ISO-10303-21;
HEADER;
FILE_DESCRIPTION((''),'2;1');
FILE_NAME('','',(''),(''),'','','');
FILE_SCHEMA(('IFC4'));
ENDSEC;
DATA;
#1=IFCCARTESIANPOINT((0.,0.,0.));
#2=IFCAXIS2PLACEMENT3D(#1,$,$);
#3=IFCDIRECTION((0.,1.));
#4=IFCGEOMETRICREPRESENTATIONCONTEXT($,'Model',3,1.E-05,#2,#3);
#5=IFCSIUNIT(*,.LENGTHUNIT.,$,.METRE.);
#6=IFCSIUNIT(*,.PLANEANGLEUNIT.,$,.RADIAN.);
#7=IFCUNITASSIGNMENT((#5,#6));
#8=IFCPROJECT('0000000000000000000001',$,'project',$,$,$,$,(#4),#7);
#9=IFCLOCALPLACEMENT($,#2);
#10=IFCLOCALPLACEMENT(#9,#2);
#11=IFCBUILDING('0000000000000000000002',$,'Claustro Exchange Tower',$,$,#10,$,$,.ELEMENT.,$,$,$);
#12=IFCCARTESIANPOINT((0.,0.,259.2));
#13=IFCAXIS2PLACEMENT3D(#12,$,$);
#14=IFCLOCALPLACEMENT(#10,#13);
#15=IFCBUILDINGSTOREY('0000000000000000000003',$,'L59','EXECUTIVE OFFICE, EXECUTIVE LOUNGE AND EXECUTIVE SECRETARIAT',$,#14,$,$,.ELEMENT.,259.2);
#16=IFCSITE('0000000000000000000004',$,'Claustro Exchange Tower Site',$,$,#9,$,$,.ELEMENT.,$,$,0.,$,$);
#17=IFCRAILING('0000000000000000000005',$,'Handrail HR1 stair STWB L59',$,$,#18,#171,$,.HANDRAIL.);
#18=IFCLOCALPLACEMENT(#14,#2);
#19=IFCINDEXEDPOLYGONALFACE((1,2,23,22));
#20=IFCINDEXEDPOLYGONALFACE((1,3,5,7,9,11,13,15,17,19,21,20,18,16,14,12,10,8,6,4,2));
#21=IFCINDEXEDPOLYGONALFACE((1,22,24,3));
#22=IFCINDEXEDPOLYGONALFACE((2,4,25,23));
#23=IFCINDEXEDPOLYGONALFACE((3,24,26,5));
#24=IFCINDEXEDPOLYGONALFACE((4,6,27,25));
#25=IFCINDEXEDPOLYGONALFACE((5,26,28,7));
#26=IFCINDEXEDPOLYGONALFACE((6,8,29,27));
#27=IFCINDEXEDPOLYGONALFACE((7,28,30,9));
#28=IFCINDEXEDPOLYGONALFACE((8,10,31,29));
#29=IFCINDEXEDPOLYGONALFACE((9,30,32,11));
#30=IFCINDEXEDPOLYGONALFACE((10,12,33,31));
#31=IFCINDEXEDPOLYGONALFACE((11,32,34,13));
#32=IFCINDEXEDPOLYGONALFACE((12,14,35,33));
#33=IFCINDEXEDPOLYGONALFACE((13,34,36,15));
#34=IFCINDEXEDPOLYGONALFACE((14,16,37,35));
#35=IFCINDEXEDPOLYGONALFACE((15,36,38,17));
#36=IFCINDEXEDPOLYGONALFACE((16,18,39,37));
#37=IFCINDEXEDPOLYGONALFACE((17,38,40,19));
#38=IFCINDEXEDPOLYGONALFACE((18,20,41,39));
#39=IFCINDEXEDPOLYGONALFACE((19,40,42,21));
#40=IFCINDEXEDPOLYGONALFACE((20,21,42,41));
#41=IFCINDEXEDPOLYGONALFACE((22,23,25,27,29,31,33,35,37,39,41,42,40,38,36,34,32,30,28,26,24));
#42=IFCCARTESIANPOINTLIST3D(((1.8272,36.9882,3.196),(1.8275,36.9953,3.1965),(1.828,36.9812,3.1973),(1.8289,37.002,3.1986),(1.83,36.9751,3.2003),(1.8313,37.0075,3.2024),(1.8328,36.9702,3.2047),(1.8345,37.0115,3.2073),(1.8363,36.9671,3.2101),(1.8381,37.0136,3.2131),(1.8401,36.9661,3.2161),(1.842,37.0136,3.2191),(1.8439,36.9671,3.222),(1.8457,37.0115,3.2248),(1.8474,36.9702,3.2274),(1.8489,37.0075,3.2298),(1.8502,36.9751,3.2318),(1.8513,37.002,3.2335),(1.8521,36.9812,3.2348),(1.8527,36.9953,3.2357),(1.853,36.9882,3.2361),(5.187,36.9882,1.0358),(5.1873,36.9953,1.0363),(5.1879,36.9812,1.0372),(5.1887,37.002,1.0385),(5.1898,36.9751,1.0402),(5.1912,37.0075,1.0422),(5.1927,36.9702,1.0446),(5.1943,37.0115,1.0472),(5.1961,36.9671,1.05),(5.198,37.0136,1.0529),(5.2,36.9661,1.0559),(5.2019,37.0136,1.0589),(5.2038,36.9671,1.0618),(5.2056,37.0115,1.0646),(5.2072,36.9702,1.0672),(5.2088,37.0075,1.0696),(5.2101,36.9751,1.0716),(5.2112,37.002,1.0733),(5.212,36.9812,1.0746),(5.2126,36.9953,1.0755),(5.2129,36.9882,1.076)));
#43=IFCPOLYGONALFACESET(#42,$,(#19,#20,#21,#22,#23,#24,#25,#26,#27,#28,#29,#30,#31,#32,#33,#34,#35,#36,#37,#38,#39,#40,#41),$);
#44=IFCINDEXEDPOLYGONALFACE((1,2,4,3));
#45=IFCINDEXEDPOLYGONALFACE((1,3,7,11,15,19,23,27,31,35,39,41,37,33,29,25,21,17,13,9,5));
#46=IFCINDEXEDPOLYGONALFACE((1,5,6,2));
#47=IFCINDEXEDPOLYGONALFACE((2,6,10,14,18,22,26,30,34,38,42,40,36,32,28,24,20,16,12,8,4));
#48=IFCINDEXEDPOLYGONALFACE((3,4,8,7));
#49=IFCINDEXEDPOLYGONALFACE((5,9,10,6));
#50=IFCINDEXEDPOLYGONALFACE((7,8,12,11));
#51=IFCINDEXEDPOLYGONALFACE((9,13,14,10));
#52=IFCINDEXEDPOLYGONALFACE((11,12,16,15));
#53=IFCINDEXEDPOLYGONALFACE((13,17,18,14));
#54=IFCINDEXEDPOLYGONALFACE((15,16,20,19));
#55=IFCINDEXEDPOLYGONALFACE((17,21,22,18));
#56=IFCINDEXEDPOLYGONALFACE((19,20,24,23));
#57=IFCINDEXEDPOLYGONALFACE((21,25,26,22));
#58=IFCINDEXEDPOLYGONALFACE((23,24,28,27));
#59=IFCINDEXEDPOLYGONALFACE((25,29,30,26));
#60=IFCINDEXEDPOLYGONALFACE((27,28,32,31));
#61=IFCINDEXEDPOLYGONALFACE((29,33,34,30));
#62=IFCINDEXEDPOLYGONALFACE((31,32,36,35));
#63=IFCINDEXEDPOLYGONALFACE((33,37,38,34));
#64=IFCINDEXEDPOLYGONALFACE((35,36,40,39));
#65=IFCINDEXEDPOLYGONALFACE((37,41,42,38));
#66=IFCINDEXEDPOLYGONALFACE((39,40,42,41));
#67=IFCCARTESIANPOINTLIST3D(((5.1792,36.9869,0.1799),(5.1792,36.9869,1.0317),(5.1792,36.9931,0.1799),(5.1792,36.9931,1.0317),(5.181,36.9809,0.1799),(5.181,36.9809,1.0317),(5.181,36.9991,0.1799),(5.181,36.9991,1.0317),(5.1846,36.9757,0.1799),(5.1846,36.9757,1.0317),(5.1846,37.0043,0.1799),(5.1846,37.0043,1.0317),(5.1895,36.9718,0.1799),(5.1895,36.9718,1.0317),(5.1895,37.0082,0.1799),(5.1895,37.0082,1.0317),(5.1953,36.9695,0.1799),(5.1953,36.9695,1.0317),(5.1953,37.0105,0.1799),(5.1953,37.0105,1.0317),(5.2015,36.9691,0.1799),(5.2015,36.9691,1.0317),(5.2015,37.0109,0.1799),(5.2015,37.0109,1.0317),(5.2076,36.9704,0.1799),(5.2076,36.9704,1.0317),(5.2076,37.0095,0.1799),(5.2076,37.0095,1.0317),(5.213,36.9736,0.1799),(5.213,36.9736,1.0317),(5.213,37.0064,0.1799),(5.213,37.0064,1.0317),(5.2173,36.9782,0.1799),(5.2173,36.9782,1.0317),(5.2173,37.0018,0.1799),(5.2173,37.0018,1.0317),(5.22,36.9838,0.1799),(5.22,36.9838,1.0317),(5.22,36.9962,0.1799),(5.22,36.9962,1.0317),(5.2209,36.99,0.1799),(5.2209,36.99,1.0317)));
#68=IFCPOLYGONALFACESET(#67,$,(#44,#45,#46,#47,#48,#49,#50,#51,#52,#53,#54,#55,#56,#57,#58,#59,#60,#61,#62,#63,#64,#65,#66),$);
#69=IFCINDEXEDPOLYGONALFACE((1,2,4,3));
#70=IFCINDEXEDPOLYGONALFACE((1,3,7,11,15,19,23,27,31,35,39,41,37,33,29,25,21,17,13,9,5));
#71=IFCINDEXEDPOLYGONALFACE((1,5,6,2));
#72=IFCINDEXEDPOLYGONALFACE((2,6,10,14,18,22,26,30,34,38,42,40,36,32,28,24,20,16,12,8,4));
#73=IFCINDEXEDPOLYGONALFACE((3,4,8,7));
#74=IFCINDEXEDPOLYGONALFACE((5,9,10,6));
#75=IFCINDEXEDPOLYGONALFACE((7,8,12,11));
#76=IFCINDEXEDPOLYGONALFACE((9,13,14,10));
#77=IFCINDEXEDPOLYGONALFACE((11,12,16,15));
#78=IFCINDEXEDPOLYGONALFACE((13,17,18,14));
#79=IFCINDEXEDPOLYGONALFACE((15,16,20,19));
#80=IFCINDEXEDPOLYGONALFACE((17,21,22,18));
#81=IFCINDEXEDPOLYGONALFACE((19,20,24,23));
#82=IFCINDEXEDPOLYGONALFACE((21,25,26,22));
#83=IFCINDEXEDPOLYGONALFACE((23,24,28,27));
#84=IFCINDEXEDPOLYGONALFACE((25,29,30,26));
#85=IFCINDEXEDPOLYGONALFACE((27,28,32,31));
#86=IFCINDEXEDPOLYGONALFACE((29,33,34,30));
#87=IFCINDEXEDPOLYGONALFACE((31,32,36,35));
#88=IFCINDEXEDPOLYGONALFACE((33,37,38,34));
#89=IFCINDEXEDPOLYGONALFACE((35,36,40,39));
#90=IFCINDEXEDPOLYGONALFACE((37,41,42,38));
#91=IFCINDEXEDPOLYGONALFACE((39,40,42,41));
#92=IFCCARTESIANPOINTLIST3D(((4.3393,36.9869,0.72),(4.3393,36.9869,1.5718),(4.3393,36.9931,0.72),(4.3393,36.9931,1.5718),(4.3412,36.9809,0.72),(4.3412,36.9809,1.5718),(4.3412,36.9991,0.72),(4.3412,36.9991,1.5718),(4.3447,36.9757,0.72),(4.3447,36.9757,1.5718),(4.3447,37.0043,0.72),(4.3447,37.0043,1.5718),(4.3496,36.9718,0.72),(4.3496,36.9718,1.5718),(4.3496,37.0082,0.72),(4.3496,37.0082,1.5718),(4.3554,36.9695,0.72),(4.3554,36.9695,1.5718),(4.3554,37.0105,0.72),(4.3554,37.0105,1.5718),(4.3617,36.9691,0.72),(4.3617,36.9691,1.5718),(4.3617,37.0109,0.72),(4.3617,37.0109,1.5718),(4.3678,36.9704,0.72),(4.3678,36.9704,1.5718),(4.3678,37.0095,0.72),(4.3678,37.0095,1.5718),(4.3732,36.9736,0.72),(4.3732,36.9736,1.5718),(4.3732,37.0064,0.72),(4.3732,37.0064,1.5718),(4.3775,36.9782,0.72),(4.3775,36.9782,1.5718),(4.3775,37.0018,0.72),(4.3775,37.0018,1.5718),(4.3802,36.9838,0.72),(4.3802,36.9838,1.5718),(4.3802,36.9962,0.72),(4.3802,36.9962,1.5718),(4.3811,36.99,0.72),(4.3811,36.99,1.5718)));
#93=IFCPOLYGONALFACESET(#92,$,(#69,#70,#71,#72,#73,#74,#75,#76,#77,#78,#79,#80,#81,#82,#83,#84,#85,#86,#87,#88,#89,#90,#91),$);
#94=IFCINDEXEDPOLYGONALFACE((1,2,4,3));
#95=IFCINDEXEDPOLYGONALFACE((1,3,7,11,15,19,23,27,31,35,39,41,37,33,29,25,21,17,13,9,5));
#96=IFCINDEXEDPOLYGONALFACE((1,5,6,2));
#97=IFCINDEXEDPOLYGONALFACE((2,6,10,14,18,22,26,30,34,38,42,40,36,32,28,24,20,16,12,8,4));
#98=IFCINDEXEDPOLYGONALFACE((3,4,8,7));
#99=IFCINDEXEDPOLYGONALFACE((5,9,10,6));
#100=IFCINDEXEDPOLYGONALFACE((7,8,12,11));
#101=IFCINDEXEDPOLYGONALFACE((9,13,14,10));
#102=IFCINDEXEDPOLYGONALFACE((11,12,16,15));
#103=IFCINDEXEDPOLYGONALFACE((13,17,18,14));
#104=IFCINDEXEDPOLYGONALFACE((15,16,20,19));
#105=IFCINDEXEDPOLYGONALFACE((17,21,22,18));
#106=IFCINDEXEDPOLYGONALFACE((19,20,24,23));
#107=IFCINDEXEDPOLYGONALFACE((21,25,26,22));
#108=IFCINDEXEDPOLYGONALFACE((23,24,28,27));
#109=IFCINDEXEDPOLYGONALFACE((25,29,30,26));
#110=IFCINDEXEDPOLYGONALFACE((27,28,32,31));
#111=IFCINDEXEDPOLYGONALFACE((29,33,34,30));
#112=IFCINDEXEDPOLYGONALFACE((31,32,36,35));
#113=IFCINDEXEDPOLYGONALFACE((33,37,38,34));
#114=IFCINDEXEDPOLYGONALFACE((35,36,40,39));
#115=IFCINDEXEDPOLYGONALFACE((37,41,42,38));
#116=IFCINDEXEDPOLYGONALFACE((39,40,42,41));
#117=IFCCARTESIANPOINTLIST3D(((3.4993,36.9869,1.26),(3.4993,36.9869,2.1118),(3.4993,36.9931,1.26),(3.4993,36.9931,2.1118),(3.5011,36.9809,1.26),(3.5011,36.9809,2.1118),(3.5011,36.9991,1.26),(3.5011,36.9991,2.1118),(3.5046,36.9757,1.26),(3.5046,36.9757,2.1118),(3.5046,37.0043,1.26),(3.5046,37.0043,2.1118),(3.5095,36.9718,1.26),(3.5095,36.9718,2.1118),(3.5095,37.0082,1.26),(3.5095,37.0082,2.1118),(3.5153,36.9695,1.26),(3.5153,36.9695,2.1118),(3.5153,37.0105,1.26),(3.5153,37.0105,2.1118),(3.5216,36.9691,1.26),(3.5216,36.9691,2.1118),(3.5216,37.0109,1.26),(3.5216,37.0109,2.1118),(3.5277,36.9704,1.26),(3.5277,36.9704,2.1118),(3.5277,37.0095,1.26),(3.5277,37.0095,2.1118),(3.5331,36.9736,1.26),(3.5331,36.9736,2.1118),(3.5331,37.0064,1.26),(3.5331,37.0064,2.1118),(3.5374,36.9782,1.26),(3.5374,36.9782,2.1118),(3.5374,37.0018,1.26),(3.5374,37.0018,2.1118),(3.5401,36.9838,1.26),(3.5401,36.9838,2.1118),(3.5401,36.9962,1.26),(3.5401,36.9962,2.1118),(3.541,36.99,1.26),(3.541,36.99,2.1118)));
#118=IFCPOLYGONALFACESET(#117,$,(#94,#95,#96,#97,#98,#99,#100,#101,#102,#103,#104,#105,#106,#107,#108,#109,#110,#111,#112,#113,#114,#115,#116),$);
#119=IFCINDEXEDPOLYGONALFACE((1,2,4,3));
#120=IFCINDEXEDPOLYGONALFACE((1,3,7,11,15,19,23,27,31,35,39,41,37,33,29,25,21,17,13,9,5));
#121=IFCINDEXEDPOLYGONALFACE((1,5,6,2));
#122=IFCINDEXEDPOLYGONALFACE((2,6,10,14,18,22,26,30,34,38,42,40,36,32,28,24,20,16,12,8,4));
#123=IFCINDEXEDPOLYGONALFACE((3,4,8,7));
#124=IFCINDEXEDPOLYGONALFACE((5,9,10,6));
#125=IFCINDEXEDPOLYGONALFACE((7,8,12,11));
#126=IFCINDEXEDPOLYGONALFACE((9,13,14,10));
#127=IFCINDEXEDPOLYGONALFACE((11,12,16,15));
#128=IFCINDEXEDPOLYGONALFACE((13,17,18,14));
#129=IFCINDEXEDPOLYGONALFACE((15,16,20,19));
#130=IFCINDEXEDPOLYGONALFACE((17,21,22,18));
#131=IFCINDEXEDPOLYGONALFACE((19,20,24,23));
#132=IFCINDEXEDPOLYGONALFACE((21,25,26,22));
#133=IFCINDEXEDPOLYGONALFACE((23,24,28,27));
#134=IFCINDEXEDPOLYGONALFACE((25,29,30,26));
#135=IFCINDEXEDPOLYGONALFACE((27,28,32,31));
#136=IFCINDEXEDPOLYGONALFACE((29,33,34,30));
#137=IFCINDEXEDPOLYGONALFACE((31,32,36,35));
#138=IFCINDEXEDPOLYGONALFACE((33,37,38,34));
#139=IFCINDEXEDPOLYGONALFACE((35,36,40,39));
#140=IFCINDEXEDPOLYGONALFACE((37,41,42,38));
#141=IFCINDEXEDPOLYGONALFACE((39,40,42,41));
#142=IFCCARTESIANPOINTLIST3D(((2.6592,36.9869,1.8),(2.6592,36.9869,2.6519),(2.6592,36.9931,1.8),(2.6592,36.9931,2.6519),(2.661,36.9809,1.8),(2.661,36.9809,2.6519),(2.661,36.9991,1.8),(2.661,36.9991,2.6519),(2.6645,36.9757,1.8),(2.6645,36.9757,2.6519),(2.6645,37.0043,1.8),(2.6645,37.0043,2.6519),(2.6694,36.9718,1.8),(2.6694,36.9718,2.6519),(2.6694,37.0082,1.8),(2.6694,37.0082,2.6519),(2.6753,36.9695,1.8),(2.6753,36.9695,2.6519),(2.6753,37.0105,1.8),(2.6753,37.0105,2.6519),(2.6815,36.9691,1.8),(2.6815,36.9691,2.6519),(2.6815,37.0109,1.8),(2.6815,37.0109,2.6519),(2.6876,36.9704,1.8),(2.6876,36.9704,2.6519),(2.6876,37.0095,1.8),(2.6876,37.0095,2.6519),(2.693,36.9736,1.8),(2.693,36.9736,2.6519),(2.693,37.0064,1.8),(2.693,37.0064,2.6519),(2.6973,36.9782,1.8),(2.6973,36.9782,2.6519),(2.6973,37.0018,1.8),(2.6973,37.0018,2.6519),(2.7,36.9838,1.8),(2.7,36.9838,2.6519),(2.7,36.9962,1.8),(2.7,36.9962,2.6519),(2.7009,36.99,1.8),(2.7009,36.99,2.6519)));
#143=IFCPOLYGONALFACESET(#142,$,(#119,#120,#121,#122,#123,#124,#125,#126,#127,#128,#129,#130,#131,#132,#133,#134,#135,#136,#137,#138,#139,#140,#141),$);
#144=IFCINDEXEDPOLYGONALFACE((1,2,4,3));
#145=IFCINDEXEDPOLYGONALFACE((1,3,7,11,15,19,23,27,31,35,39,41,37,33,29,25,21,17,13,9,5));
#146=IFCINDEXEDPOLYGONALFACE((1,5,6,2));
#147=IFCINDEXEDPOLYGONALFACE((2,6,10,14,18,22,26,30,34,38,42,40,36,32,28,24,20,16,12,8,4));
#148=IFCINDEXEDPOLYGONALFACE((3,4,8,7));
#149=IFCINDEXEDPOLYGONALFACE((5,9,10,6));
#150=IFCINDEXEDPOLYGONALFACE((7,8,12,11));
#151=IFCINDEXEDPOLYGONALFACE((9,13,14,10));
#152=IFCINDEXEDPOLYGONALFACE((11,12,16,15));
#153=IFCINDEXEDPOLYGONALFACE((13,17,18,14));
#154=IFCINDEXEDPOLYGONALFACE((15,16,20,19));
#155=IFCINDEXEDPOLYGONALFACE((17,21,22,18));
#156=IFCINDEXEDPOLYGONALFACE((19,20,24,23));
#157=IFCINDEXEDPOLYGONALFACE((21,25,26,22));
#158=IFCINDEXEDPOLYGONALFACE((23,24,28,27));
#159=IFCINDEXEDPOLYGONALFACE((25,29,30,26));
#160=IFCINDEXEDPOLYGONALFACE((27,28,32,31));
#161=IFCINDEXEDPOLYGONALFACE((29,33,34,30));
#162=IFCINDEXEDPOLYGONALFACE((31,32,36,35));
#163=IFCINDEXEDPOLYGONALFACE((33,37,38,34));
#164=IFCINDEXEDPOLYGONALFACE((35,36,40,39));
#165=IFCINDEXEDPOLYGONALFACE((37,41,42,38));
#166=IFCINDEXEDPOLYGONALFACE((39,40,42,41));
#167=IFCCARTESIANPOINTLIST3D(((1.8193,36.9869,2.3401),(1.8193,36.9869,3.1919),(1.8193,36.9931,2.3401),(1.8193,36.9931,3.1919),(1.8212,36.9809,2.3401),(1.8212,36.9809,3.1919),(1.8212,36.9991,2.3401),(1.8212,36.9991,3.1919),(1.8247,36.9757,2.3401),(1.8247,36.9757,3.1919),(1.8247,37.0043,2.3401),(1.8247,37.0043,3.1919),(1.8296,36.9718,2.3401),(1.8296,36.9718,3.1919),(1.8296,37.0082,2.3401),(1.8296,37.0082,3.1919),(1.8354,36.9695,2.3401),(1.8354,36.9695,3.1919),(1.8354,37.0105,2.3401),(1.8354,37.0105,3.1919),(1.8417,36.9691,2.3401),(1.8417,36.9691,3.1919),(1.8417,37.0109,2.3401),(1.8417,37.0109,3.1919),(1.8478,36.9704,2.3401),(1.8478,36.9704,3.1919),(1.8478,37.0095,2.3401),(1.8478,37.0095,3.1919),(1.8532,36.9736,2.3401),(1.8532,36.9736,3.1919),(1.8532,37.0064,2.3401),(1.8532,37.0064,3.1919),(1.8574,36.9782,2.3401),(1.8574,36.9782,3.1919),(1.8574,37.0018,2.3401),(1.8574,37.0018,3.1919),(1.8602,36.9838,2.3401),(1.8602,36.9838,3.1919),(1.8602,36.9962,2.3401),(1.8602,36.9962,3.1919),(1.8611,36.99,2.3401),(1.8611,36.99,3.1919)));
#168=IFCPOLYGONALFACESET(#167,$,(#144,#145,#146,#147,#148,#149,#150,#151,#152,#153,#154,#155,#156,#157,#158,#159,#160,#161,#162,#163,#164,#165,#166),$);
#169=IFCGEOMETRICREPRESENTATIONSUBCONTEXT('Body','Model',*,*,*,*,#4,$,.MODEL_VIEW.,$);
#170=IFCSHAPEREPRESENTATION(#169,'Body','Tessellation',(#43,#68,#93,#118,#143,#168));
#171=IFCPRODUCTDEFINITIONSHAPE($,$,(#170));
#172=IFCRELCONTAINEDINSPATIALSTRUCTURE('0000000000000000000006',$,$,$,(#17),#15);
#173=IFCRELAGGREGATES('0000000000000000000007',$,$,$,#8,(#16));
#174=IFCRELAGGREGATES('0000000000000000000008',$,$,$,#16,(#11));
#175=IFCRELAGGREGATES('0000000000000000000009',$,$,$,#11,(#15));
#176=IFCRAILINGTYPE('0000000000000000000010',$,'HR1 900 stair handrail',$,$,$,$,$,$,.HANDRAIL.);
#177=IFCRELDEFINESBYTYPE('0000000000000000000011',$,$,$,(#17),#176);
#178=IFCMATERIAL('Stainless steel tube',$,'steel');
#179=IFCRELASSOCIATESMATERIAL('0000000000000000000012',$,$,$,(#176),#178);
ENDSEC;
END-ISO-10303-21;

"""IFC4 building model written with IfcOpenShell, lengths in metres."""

from ifc_helpers import new_model, si_unit, direction, frame, origin, origin_2d, place, context, subcontext, project, spatial, circle, extrude, material, type_object, element, save


model = new_model("IFC4")

# Units and contexts
model_context = context("Model", 3, precision=1e-05, world=origin(), true_north=direction((0.0, 1.0)))
body_context = subcontext(model_context, "Body", "Model", "MODEL_VIEW")
ifc_project = project(units=[si_unit("LENGTHUNIT", "METRE"), si_unit("PLANEANGLEUNIT", "RADIAN")], contexts=[model_context])

# Site, building, storey
site_placement = place(None, origin())
site = spatial("IfcSite", under=ifc_project, at=site_placement, Name="Claustro Exchange Tower Site", CompositionType="ELEMENT", RefElevation=0.0)
building_placement = place(site_placement, origin())
building = spatial("IfcBuilding", under=site, at=building_placement, Name="Claustro Exchange Tower", CompositionType="ELEMENT")
storey_placement = place(building_placement, frame((0.0, 0.0, 259.2)))
storey = spatial("IfcBuildingStorey", under=building, at=storey_placement, Name="L59", Description="EXECUTIVE OFFICE, EXECUTIVE LOUNGE AND EXECUTIVE SECRETARIAT", CompositionType="ELEMENT", Elevation=259.2)

# Railing
ifc_material_1 = material(Name="Stainless steel tube", Category="steel")
railing_type = type_object("IfcRailingType", Name="HR1 900 stair handrail", PredefinedType="HANDRAIL", material=ifc_material_1)
railing_placement = place(storey_placement, frame((5.2, 36.99, 0.1799)))
element("IfcRailing", 1, at=railing_placement, inside=storey, type_object=railing_type, Name="Handrail HR1 stair STWB L59", PredefinedType="HANDRAIL", context=body_context, shape_type="SweptSolid", body=[
    extrude(circle(Radius=0.0239, at=origin_2d()), frame((0.0, 0.0, 0.876), z_axis=(-0.841151, 0.0, 0.540801), x_axis=(0.0, -1.0, 0.0)), (0.0, 0.0, 1.0), 3.9944),
    extrude(circle(Radius=0.021, at=origin_2d()), origin(), (0.0, 0.0, 1.0), 0.8518),
    extrude(circle(Radius=0.021, at=origin_2d()), frame((-0.8398, 0.0, 0.54)), (0.0, 0.0, 1.0), 0.8518),
    extrude(circle(Radius=0.021, at=origin_2d()), frame((-1.6799, 0.0, 1.0801)), (0.0, 0.0, 1.0), 0.8518),
    extrude(circle(Radius=0.021, at=origin_2d()), frame((-2.52, 0.0, 1.6201)), (0.0, 0.0, 1.0), 0.8518),
    extrude(circle(Radius=0.021, at=origin_2d()), frame((-3.3599, 0.0, 2.1602)), (0.0, 0.0, 1.0), 0.8518),
])

save(model, "model.ifc")
